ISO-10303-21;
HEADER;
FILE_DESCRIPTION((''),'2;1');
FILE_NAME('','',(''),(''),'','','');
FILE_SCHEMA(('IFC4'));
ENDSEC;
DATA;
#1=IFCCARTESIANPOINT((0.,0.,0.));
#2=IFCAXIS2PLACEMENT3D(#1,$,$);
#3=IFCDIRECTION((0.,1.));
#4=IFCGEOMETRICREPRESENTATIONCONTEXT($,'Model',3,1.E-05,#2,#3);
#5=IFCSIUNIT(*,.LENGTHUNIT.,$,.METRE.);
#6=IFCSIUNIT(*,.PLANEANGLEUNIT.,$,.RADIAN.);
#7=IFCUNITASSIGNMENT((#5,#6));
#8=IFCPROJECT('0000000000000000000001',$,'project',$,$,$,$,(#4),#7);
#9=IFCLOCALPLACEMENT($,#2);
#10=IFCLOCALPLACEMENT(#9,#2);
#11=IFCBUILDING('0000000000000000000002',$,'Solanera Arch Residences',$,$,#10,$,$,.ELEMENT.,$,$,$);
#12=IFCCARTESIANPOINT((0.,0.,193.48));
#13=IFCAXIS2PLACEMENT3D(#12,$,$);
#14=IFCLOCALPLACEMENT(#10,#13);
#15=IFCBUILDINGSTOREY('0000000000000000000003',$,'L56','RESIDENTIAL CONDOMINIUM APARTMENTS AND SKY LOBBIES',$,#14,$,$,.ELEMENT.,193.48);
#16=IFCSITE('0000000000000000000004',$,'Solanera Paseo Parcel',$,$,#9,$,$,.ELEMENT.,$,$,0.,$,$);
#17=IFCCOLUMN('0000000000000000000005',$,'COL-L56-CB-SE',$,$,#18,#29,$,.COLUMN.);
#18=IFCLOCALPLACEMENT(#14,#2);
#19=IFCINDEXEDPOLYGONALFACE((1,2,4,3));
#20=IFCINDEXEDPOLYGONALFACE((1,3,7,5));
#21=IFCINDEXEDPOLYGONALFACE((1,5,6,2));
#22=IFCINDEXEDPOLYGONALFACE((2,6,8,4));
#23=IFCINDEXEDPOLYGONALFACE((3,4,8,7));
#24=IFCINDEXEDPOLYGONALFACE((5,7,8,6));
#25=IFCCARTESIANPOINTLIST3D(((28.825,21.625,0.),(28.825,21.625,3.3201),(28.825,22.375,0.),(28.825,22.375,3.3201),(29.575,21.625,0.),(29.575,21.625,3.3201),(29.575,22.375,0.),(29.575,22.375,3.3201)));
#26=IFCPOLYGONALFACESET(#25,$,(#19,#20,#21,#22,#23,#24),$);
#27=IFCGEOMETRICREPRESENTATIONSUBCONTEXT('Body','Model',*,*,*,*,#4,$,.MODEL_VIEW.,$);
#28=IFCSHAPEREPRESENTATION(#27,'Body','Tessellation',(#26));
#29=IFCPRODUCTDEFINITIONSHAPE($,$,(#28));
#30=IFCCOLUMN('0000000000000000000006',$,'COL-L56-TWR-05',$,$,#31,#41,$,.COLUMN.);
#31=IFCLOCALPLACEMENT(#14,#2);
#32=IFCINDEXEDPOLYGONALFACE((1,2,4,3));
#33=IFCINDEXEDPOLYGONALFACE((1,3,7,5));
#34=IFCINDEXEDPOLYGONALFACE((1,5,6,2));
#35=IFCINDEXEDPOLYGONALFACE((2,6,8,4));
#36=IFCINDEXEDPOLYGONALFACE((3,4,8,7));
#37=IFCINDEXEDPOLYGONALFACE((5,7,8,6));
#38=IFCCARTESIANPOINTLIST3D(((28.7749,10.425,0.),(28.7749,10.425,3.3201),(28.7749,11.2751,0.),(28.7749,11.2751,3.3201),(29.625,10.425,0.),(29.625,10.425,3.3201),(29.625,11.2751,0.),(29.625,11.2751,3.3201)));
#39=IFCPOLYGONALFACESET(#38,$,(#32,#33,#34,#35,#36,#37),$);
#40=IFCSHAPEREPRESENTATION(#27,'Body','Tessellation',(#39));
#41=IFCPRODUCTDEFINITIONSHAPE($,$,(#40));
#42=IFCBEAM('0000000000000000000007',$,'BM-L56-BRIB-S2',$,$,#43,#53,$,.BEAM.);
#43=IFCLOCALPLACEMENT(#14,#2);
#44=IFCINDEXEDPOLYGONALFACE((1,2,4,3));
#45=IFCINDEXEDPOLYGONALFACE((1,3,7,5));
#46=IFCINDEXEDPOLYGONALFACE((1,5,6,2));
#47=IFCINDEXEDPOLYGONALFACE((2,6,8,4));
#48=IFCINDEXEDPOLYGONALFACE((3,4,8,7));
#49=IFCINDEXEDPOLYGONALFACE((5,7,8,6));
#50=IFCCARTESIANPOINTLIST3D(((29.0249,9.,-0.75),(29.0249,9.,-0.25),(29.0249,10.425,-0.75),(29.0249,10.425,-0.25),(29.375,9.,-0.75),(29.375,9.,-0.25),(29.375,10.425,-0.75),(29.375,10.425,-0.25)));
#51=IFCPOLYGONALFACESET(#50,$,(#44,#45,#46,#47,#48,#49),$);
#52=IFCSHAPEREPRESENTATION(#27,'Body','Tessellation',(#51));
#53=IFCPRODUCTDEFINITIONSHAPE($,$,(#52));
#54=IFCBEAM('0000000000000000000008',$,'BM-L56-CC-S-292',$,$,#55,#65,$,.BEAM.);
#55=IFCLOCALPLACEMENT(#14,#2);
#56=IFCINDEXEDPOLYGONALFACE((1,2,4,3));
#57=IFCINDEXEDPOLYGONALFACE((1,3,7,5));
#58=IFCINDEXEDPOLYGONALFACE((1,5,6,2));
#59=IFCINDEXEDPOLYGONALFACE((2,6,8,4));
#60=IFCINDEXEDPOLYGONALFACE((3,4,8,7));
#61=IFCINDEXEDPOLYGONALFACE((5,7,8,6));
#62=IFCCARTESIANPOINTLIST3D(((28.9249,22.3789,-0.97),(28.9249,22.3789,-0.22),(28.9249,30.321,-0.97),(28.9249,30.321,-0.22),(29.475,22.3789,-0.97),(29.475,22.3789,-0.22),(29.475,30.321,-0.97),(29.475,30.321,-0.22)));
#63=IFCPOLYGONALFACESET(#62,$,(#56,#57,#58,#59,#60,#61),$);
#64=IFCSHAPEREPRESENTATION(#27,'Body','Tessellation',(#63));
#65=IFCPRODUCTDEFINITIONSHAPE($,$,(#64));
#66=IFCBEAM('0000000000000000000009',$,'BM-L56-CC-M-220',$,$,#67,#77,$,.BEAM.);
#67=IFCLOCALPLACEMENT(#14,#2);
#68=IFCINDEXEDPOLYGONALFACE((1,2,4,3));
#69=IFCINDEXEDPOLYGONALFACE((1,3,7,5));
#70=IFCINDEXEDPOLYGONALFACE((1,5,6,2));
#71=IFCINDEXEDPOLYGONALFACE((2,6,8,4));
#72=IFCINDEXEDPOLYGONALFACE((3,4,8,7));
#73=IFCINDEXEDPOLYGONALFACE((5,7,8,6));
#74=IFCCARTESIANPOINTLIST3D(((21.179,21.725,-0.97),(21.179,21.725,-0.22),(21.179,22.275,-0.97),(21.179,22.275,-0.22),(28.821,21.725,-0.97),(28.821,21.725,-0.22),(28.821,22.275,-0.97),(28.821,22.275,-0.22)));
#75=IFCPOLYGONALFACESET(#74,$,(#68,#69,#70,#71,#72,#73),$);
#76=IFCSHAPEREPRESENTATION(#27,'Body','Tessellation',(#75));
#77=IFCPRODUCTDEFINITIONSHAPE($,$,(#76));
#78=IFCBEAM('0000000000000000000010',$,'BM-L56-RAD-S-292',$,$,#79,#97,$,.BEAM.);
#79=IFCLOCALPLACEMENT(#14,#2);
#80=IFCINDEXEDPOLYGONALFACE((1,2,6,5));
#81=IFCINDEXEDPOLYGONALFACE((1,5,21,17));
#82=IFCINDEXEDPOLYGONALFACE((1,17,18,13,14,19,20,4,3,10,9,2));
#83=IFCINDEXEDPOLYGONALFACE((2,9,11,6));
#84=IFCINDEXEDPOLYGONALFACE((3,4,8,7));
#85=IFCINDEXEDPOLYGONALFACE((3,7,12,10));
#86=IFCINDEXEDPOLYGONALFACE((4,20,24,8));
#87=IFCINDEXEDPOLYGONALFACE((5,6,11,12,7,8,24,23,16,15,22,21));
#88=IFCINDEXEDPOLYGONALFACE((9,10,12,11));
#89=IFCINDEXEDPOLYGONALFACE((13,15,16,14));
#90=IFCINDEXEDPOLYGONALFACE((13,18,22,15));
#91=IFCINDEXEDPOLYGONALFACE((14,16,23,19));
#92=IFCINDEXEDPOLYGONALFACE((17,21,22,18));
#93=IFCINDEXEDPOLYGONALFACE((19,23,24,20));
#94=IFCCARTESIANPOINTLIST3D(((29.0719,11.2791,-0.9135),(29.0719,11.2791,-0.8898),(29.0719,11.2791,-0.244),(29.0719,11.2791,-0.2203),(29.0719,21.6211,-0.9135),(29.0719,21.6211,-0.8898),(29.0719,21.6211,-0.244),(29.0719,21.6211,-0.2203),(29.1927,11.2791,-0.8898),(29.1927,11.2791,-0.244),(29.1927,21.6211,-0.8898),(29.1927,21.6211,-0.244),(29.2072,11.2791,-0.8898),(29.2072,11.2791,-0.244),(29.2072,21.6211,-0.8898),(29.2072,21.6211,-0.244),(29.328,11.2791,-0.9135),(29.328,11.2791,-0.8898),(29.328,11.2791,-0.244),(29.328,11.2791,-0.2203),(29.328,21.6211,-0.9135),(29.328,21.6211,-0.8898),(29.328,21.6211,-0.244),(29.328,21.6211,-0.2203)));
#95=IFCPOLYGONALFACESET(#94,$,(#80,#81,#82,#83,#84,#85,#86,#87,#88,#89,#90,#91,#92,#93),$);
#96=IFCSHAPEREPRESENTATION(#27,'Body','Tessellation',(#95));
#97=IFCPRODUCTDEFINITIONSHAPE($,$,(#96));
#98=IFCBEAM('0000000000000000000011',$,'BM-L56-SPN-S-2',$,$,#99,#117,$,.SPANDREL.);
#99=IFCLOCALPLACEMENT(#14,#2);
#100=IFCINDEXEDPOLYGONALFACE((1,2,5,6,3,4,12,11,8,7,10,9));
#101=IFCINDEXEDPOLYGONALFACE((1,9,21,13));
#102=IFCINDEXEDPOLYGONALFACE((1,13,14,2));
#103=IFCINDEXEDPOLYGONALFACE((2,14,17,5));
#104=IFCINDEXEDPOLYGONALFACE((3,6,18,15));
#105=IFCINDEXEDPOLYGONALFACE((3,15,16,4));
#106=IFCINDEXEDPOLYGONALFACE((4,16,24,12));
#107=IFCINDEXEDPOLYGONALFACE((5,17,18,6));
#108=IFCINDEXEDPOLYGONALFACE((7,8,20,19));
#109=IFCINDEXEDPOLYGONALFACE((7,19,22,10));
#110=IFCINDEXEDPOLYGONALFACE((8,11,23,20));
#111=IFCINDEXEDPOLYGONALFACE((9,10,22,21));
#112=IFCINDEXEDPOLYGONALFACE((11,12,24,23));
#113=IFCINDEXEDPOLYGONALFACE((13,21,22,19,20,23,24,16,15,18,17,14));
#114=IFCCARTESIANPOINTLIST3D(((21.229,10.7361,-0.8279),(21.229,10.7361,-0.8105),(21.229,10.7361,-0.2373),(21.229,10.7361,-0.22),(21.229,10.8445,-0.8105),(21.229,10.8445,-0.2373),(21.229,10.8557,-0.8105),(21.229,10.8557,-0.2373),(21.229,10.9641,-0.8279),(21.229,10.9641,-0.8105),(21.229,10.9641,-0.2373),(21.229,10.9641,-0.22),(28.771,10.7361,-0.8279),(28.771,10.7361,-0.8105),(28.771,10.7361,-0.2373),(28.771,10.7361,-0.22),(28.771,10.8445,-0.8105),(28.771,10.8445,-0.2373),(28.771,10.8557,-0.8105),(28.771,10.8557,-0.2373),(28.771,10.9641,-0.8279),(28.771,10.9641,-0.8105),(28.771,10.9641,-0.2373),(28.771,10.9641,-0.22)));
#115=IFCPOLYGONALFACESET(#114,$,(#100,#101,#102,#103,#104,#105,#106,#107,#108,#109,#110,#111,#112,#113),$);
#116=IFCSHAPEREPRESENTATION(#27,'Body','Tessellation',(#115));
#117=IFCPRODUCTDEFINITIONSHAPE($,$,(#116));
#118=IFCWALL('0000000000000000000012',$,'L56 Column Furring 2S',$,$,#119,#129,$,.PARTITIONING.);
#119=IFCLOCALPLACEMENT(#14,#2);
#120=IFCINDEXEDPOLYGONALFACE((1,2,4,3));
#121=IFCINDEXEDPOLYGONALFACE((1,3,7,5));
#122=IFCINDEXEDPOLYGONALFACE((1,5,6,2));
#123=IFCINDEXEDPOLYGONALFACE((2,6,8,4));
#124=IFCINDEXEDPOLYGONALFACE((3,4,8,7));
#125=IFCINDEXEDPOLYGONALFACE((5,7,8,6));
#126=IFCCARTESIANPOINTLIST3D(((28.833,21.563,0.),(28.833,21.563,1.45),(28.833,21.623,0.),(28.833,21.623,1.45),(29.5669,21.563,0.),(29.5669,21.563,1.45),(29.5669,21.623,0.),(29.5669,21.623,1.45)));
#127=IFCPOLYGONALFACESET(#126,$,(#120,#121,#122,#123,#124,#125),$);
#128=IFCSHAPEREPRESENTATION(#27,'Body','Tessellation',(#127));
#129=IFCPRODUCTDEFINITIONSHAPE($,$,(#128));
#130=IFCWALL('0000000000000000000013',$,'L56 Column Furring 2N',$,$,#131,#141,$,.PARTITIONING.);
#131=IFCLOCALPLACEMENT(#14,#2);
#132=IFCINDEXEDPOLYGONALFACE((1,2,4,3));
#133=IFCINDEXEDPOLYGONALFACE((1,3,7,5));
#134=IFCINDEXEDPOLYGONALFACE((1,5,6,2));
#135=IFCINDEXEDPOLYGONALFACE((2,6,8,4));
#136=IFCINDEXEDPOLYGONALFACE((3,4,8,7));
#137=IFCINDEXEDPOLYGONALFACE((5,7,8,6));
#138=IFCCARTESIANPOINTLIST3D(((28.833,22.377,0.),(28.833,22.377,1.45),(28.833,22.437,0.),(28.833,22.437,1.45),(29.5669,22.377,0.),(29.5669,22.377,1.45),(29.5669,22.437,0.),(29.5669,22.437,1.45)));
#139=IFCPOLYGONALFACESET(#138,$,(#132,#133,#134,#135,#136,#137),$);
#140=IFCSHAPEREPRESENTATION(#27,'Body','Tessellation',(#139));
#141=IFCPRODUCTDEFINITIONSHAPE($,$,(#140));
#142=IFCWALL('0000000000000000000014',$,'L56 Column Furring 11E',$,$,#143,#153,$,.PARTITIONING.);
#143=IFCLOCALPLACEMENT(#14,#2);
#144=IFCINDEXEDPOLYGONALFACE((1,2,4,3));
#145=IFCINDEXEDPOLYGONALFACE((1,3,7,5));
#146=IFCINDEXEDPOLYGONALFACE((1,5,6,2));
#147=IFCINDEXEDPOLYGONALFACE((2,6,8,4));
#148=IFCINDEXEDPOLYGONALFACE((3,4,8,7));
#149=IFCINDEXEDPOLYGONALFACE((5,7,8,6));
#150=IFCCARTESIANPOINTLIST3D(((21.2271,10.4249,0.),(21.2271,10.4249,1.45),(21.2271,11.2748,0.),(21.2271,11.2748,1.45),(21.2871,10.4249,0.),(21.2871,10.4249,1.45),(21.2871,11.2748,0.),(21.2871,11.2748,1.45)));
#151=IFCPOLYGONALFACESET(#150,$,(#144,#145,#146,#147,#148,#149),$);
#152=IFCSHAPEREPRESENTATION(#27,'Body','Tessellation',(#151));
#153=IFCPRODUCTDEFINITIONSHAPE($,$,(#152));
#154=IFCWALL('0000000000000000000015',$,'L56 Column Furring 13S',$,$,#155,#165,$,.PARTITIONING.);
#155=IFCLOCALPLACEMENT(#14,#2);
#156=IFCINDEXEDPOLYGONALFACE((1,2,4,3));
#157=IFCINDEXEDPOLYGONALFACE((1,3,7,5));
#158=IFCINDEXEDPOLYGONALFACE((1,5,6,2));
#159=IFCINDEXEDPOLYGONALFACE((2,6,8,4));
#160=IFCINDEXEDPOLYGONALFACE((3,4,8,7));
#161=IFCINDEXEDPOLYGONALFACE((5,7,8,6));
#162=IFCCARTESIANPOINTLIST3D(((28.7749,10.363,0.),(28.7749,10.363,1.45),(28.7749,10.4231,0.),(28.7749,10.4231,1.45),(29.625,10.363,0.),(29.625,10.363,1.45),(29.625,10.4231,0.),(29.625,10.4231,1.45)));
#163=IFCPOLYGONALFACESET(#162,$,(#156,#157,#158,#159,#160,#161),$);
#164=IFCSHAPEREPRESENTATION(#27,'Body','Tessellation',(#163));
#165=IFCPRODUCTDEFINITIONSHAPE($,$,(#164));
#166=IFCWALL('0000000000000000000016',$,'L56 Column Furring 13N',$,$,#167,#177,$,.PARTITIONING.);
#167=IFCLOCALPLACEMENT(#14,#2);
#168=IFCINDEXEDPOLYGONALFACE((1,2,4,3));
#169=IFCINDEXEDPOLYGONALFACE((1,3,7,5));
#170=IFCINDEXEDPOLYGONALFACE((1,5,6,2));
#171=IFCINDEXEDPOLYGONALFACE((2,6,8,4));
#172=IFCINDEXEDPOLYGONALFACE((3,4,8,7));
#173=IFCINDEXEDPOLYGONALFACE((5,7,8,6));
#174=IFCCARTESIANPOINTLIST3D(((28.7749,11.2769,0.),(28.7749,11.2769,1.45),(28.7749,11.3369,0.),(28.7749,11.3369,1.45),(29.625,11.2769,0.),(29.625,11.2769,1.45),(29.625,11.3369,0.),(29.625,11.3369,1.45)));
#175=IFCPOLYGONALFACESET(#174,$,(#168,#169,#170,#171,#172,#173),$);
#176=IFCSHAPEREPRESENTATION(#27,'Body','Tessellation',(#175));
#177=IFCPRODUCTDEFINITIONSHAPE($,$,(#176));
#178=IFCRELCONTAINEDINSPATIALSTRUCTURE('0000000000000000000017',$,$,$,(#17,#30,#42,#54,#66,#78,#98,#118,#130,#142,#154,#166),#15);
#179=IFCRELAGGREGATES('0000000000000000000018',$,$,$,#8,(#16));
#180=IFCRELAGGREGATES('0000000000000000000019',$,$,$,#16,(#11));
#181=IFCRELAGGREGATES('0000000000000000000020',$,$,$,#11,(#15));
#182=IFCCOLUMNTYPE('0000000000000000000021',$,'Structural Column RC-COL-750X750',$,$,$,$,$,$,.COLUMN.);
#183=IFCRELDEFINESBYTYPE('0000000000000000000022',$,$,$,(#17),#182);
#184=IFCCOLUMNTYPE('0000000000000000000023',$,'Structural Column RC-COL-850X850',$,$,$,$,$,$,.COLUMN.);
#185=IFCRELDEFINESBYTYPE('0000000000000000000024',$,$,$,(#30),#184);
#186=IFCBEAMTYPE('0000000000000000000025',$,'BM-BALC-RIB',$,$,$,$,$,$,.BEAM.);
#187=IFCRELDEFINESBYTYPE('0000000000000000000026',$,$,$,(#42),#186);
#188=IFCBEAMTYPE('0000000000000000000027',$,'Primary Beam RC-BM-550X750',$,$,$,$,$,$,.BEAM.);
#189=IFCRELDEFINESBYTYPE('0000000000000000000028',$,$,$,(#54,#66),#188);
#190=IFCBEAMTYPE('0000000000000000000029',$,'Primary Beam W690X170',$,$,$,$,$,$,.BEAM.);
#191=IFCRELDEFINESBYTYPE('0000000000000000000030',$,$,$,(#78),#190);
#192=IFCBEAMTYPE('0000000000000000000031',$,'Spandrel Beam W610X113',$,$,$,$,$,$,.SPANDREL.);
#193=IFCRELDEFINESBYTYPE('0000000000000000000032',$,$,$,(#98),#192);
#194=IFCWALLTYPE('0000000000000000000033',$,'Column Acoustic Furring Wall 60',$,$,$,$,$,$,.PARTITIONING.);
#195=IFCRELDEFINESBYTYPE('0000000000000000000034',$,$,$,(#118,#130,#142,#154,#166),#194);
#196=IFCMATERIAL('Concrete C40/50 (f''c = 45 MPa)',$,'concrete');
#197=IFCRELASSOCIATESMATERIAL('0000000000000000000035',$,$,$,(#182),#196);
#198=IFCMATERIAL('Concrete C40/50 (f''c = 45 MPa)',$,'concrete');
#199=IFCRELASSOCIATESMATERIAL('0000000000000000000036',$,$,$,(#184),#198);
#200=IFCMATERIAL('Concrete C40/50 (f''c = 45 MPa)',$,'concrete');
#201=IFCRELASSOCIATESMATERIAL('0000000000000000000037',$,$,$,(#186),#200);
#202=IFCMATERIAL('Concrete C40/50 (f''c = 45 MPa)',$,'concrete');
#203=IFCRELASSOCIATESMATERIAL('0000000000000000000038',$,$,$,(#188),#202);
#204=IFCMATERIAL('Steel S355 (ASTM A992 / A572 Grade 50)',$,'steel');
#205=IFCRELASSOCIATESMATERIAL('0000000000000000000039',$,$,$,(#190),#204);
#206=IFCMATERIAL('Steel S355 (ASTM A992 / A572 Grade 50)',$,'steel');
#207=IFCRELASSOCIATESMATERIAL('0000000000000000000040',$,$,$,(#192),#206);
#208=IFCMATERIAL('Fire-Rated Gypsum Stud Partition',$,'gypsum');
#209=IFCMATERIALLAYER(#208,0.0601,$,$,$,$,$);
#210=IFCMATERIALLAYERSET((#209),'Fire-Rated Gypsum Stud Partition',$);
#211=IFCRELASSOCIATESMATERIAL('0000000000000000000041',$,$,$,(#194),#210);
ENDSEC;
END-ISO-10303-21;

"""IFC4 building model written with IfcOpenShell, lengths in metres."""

from ifc_helpers import new_model, si_unit, direction, frame, frame_2d, origin, origin_2d, place, context, subcontext, project, spatial, rectangle, i_section, extrude, material, layer, layer_set, material_profile, profile_set, type_object, element, save


model = new_model("IFC4")

# Units and contexts
model_context = context("Model", 3, precision=1e-05, world=origin(), true_north=direction((0.0, 1.0)))
body_context = subcontext(model_context, "Body", "Model", "MODEL_VIEW")
ifc_project = project(units=[si_unit("LENGTHUNIT", "METRE"), si_unit("PLANEANGLEUNIT", "RADIAN")], contexts=[model_context])

# Site, building, storey
site_placement = place(None, origin())
site = spatial("IfcSite", under=ifc_project, at=site_placement, Name="Solanera Paseo Parcel", CompositionType="ELEMENT", RefElevation=0.0)
building_placement = place(site_placement, origin())
building = spatial("IfcBuilding", under=site, at=building_placement, Name="Solanera Arch Residences", CompositionType="ELEMENT")
storey_placement = place(building_placement, frame((0.0, 0.0, 193.48)))
storey = spatial("IfcBuildingStorey", under=building, at=storey_placement, Name="L56", Description="RESIDENTIAL CONDOMINIUM APARTMENTS AND SKY LOBBIES", CompositionType="ELEMENT", Elevation=193.48)

# Columns
ifc_material_1 = material(Name="Concrete C40/50 (f'c = 45 MPa)", Category="concrete")
ifc_material_profile_1 = material_profile(ifc_material_1, rectangle(XDim=0.75, YDim=0.75, at=origin_2d()))
ifc_profile_set_1 = profile_set([ifc_material_profile_1], Name="Concrete C40/50 (f'c = 45 MPa)")
column_type_1 = type_object("IfcColumnType", Name="Structural Column RC-COL-750X750", PredefinedType="COLUMN", material=ifc_profile_set_1)
column_1_placement = place(storey_placement, frame((29.2, 22.0, 0.0), z_axis=(0.0, 0.0, 1.0), x_axis=(1.0, 0.0, 0.0)))
element("IfcColumn", 1, at=column_1_placement, inside=storey, type_object=column_type_1, Name="COL-L56-CB-SE", PredefinedType="COLUMN", context=body_context, shape_type="SweptSolid", body=[
    extrude(rectangle(XDim=0.75, YDim=0.75, at=origin_2d()), origin(), (0.0, 0.0, 1.0), 3.3201),
])
ifc_material_2 = material(Name="Concrete C40/50 (f'c = 45 MPa)", Category="concrete")
ifc_material_profile_2 = material_profile(ifc_material_2, rectangle(XDim=0.8501, YDim=0.8501, at=origin_2d()))
ifc_profile_set_2 = profile_set([ifc_material_profile_2], Name="Concrete C40/50 (f'c = 45 MPa)")
column_type_2 = type_object("IfcColumnType", Name="Structural Column RC-COL-850X850", PredefinedType="COLUMN", material=ifc_profile_set_2)
column_2_placement = place(storey_placement, frame((29.2, 10.8501, 0.0), z_axis=(0.0, 0.0, 1.0), x_axis=(1.0, 0.0, 0.0)))
element("IfcColumn", 2, at=column_2_placement, inside=storey, type_object=column_type_2, Name="COL-L56-TWR-05", PredefinedType="COLUMN", context=body_context, shape_type="SweptSolid", body=[
    extrude(rectangle(XDim=0.8501, YDim=0.8501, at=origin_2d()), origin(), (0.0, 0.0, 1.0), 3.3201),
])

# Beams
ifc_material_3 = material(Name="Concrete C40/50 (f'c = 45 MPa)", Category="concrete")
ifc_material_profile_3 = material_profile(ifc_material_3, rectangle(XDim=0.3501, YDim=0.5, at=origin_2d()))
ifc_profile_set_3 = profile_set([ifc_material_profile_3], Name="Concrete C40/50 (f'c = 45 MPa)")
beam_type_1 = type_object("IfcBeamType", Name="BM-BALC-RIB", PredefinedType="BEAM", material=ifc_profile_set_3)
beam_1_placement = place(storey_placement, frame((29.2, 9.0, -0.5), z_axis=(0.0, 1.0, 0.0), x_axis=(-1.0, 0.0, 0.0)))
element("IfcBeam", 3, at=beam_1_placement, inside=storey, type_object=beam_type_1, Name="BM-L56-BRIB-S2", PredefinedType="BEAM", context=body_context, shape_type="SweptSolid", body=[
    extrude(rectangle(XDim=0.3501, YDim=0.5, at=origin_2d()), origin(), (0.0, 0.0, 1.0), 1.425),
])
ifc_material_4 = material(Name="Concrete C40/50 (f'c = 45 MPa)", Category="concrete")
ifc_material_profile_4 = material_profile(ifc_material_4, rectangle(XDim=0.55, YDim=0.75, at=origin_2d()))
ifc_profile_set_4 = profile_set([ifc_material_profile_4], Name="Concrete C40/50 (f'c = 45 MPa)")
beam_type_2 = type_object("IfcBeamType", Name="Primary Beam RC-BM-550X750", PredefinedType="BEAM", material=ifc_profile_set_4)
beam_2_placement = place(storey_placement, frame((29.2, 22.3789, -0.595), z_axis=(0.0, 1.0, 0.0), x_axis=(-1.0, 0.0, 0.0)))
element("IfcBeam", 4, at=beam_2_placement, inside=storey, type_object=beam_type_2, Name="BM-L56-CC-S-292", PredefinedType="BEAM", context=body_context, shape_type="SweptSolid", body=[
    extrude(rectangle(XDim=0.55, YDim=0.75, at=origin_2d()), origin(), (0.0, 0.0, 1.0), 7.9421),
])
beam_3_placement = place(storey_placement, frame((21.179, 22.0, -0.595), z_axis=(1.0, 0.0, 0.0), x_axis=(0.0, 1.0, 0.0)))
element("IfcBeam", 5, at=beam_3_placement, inside=storey, type_object=beam_type_2, Name="BM-L56-CC-M-220", PredefinedType="BEAM", context=body_context, shape_type="SweptSolid", body=[
    extrude(rectangle(XDim=0.55, YDim=0.75, at=origin_2d()), origin(), (0.0, 0.0, 1.0), 7.6421),
])
ifc_material_5 = material(Name="Steel S355 (ASTM A992 / A572 Grade 50)", Category="steel")
ifc_material_profile_5 = material_profile(ifc_material_5, i_section(OverallWidth=0.2561, OverallDepth=0.6931, WebThickness=0.0144, FlangeThickness=0.0237, at=origin_2d()))
ifc_profile_set_5 = profile_set([ifc_material_profile_5], Name="Steel S355 (ASTM A992 / A572 Grade 50)")
beam_type_3 = type_object("IfcBeamType", Name="Primary Beam W690X170", PredefinedType="BEAM", material=ifc_profile_set_5)
beam_4_placement = place(storey_placement, frame((29.2, 11.2791, -0.5669), z_axis=(0.0, 1.0, 0.0), x_axis=(-1.0, 0.0, 0.0)))
element("IfcBeam", 6, at=beam_4_placement, inside=storey, type_object=beam_type_3, Name="BM-L56-RAD-S-292", PredefinedType="BEAM", context=body_context, shape_type="SweptSolid", body=[
    extrude(i_section(OverallWidth=0.2561, OverallDepth=0.6931, WebThickness=0.0144, FlangeThickness=0.0237, at=origin_2d()), origin(), (0.0, 0.0, 1.0), 10.342),
])
ifc_material_6 = material(Name="Steel S355 (ASTM A992 / A572 Grade 50)", Category="steel")
ifc_material_profile_6 = material_profile(ifc_material_6, i_section(OverallWidth=0.228, OverallDepth=0.6079, WebThickness=0.0112, FlangeThickness=0.0173, at=origin_2d()))
ifc_profile_set_6 = profile_set([ifc_material_profile_6], Name="Steel S355 (ASTM A992 / A572 Grade 50)")
beam_type_4 = type_object("IfcBeamType", Name="Spandrel Beam W610X113", PredefinedType="SPANDREL", material=ifc_profile_set_6)
beam_5_placement = place(storey_placement, frame((21.229, 10.8501, -0.5239), z_axis=(1.0, 0.0, 0.0), x_axis=(0.0, 1.0, 0.0)))
element("IfcBeam", 7, at=beam_5_placement, inside=storey, type_object=beam_type_4, Name="BM-L56-SPN-S-2", PredefinedType="SPANDREL", context=body_context, shape_type="SweptSolid", body=[
    extrude(i_section(OverallWidth=0.228, OverallDepth=0.6079, WebThickness=0.0112, FlangeThickness=0.0173, at=origin_2d()), origin(), (0.0, 0.0, 1.0), 7.542),
])

# Walls
ifc_material_7 = material(Name="Fire-Rated Gypsum Stud Partition", Category="gypsum")
ifc_layer_1 = layer(ifc_material_7, 0.0601)
ifc_layer_set_1 = layer_set([ifc_layer_1], Name="Fire-Rated Gypsum Stud Partition")
wall_type_1 = type_object("IfcWallType", Name="Column Acoustic Furring Wall 60", PredefinedType="PARTITIONING", material=ifc_layer_set_1)
for number, where, z_axis, x_axis, name in (
    (8, (28.833, 21.593, 0.0), (0.0, 0.0, 1.0), (1.0, 0.0, 0.0), "L56 Column Furring 2S"),
    (9, (28.833, 22.407, 0.0), (0.0, 0.0, 1.0), (1.0, 0.0, 0.0), "L56 Column Furring 2N"),
):
    element("IfcWall", number, at=place(storey_placement, frame(where, z_axis=z_axis, x_axis=x_axis)), inside=storey, type_object=wall_type_1, Name=name, PredefinedType="PARTITIONING", context=body_context, shape_type="SweptSolid", body=[
        extrude(rectangle(XDim=0.7339, YDim=0.0601, at=frame_2d((0.3669, 0.0))), origin(), (0.0, 0.0, 1.0), 1.45),
    ])
wall_1_placement = place(storey_placement, frame((21.2571, 10.425, 0.0), z_axis=(0.0, 0.0, 1.0), x_axis=(0.0, 1.0, 0.0)))
element("IfcWall", 10, at=wall_1_placement, inside=storey, type_object=wall_type_1, Name="L56 Column Furring 11E", PredefinedType="PARTITIONING", context=body_context, shape_type="SweptSolid", body=[
    extrude(rectangle(XDim=0.8499, YDim=0.0601, at=frame_2d((0.4248, 0.0))), origin(), (0.0, 0.0, 1.0), 1.45),
])
for number, where, z_axis, x_axis, name in (
    (11, (28.7749, 10.3931, 0.0), (0.0, 0.0, 1.0), (1.0, 0.0, 0.0), "L56 Column Furring 13S"),
    (12, (28.7749, 11.3069, 0.0), (0.0, 0.0, 1.0), (1.0, 0.0, 0.0), "L56 Column Furring 13N"),
):
    element("IfcWall", number, at=place(storey_placement, frame(where, z_axis=z_axis, x_axis=x_axis)), inside=storey, type_object=wall_type_1, Name=name, PredefinedType="PARTITIONING", context=body_context, shape_type="SweptSolid", body=[
        extrude(rectangle(XDim=0.8501, YDim=0.0601, at=frame_2d((0.425, 0.0))), origin(), (0.0, 0.0, 1.0), 1.45),
    ])

save(model, "model.ifc")
